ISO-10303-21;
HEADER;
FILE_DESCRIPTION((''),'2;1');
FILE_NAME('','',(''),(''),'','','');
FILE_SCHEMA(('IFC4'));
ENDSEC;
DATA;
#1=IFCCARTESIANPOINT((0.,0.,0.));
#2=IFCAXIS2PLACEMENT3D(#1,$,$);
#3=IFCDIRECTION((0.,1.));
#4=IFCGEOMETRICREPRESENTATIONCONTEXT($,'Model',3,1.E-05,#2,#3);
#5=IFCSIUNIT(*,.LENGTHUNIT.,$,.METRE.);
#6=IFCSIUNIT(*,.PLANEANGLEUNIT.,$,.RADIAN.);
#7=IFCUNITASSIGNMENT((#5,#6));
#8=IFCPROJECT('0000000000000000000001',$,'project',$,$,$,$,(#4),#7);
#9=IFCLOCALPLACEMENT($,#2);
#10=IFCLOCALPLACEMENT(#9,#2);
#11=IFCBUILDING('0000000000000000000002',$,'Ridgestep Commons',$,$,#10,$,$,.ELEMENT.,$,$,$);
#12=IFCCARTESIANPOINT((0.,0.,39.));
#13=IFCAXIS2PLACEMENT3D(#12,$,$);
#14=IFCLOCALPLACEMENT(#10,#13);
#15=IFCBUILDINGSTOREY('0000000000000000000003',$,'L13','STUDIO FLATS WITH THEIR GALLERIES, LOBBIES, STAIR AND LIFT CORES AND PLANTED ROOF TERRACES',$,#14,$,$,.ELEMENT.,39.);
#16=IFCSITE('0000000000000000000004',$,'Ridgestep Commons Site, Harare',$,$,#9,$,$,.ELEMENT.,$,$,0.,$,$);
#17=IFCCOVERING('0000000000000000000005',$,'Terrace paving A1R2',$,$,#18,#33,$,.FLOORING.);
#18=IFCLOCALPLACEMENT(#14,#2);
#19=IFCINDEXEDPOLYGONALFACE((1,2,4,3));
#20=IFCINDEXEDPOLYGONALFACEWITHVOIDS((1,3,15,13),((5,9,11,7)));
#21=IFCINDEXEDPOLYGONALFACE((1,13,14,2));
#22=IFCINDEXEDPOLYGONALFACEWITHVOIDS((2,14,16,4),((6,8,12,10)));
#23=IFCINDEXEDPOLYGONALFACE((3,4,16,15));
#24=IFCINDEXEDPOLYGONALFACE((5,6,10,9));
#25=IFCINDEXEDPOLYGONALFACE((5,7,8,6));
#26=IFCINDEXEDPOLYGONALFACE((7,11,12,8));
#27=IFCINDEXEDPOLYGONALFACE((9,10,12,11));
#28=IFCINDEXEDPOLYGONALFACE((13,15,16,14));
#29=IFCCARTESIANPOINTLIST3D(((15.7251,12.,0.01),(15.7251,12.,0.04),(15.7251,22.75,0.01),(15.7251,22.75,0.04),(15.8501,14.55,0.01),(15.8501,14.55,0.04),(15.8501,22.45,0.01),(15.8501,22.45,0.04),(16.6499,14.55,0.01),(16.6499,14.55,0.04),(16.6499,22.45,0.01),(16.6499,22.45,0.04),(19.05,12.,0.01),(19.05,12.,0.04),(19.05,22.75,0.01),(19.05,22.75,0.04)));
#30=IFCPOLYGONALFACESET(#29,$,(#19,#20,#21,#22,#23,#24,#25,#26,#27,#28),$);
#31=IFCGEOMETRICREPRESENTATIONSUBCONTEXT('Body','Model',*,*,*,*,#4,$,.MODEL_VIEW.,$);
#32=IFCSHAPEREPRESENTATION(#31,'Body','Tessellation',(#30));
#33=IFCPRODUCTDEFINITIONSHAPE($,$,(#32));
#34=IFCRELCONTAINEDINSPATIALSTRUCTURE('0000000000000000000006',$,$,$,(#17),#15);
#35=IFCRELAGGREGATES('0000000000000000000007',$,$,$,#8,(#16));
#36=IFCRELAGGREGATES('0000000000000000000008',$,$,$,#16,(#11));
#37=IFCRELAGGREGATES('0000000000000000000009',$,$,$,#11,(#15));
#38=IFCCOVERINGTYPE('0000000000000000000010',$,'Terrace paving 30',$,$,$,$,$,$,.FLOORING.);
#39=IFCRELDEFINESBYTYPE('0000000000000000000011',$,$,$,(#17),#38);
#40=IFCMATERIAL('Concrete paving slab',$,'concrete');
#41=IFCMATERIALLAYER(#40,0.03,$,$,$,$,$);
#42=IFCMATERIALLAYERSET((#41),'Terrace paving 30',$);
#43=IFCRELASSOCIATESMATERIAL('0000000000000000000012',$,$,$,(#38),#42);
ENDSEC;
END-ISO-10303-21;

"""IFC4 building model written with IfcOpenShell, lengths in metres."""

from ifc_helpers import new_model, si_unit, direction, frame, origin, place, context, subcontext, project, spatial, polyline, outline, extrude, material, layer, layer_set, type_object, element, save


model = new_model("IFC4")

# Units and contexts
model_context = context("Model", 3, precision=1e-05, world=origin(), true_north=direction((0.0, 1.0)))
body_context = subcontext(model_context, "Body", "Model", "MODEL_VIEW")
ifc_project = project(units=[si_unit("LENGTHUNIT", "METRE"), si_unit("PLANEANGLEUNIT", "RADIAN")], contexts=[model_context])

# Site, building, storey
site_placement = place(None, origin())
site = spatial("IfcSite", under=ifc_project, at=site_placement, Name="Ridgestep Commons Site, Harare", CompositionType="ELEMENT", RefElevation=0.0)
building_placement = place(site_placement, origin())
building = spatial("IfcBuilding", under=site, at=building_placement, Name="Ridgestep Commons", CompositionType="ELEMENT")
storey_placement = place(building_placement, frame((0.0, 0.0, 39.0)))
storey = spatial("IfcBuildingStorey", under=building, at=storey_placement, Name="L13", Description="STUDIO FLATS WITH THEIR GALLERIES, LOBBIES, STAIR AND LIFT CORES AND PLANTED ROOF TERRACES", CompositionType="ELEMENT", Elevation=39.0)

# Covering
ifc_material_1 = material(Name="Concrete paving slab", Category="concrete")
ifc_layer_1 = layer(ifc_material_1, 0.03)
ifc_layer_set_1 = layer_set([ifc_layer_1], Name="Terrace paving 30")
covering_type_1 = type_object("IfcCoveringType", Name="Terrace paving 30", PredefinedType="FLOORING", material=ifc_layer_set_1)
covering_1_placement = place(storey_placement, frame((0.0, 0.0, 0.01)))
element("IfcCovering", 1, at=covering_1_placement, inside=storey, type_object=covering_type_1, Name="Terrace paving A1R2", PredefinedType="FLOORING", context=body_context, shape_type="SweptSolid", body=[
    extrude(outline(polyline([(19.05, 12.0), (19.05, 22.75), (15.7251, 22.75), (15.7251, 12.0), (19.05, 12.0)]), holes=[polyline([(16.6499, 14.55), (16.6499, 22.45), (15.8501, 22.45), (15.8501, 14.55), (16.6499, 14.55)])]), origin(), (0.0, 0.0, 1.0), 0.03),
])

save(model, "model.ifc")
